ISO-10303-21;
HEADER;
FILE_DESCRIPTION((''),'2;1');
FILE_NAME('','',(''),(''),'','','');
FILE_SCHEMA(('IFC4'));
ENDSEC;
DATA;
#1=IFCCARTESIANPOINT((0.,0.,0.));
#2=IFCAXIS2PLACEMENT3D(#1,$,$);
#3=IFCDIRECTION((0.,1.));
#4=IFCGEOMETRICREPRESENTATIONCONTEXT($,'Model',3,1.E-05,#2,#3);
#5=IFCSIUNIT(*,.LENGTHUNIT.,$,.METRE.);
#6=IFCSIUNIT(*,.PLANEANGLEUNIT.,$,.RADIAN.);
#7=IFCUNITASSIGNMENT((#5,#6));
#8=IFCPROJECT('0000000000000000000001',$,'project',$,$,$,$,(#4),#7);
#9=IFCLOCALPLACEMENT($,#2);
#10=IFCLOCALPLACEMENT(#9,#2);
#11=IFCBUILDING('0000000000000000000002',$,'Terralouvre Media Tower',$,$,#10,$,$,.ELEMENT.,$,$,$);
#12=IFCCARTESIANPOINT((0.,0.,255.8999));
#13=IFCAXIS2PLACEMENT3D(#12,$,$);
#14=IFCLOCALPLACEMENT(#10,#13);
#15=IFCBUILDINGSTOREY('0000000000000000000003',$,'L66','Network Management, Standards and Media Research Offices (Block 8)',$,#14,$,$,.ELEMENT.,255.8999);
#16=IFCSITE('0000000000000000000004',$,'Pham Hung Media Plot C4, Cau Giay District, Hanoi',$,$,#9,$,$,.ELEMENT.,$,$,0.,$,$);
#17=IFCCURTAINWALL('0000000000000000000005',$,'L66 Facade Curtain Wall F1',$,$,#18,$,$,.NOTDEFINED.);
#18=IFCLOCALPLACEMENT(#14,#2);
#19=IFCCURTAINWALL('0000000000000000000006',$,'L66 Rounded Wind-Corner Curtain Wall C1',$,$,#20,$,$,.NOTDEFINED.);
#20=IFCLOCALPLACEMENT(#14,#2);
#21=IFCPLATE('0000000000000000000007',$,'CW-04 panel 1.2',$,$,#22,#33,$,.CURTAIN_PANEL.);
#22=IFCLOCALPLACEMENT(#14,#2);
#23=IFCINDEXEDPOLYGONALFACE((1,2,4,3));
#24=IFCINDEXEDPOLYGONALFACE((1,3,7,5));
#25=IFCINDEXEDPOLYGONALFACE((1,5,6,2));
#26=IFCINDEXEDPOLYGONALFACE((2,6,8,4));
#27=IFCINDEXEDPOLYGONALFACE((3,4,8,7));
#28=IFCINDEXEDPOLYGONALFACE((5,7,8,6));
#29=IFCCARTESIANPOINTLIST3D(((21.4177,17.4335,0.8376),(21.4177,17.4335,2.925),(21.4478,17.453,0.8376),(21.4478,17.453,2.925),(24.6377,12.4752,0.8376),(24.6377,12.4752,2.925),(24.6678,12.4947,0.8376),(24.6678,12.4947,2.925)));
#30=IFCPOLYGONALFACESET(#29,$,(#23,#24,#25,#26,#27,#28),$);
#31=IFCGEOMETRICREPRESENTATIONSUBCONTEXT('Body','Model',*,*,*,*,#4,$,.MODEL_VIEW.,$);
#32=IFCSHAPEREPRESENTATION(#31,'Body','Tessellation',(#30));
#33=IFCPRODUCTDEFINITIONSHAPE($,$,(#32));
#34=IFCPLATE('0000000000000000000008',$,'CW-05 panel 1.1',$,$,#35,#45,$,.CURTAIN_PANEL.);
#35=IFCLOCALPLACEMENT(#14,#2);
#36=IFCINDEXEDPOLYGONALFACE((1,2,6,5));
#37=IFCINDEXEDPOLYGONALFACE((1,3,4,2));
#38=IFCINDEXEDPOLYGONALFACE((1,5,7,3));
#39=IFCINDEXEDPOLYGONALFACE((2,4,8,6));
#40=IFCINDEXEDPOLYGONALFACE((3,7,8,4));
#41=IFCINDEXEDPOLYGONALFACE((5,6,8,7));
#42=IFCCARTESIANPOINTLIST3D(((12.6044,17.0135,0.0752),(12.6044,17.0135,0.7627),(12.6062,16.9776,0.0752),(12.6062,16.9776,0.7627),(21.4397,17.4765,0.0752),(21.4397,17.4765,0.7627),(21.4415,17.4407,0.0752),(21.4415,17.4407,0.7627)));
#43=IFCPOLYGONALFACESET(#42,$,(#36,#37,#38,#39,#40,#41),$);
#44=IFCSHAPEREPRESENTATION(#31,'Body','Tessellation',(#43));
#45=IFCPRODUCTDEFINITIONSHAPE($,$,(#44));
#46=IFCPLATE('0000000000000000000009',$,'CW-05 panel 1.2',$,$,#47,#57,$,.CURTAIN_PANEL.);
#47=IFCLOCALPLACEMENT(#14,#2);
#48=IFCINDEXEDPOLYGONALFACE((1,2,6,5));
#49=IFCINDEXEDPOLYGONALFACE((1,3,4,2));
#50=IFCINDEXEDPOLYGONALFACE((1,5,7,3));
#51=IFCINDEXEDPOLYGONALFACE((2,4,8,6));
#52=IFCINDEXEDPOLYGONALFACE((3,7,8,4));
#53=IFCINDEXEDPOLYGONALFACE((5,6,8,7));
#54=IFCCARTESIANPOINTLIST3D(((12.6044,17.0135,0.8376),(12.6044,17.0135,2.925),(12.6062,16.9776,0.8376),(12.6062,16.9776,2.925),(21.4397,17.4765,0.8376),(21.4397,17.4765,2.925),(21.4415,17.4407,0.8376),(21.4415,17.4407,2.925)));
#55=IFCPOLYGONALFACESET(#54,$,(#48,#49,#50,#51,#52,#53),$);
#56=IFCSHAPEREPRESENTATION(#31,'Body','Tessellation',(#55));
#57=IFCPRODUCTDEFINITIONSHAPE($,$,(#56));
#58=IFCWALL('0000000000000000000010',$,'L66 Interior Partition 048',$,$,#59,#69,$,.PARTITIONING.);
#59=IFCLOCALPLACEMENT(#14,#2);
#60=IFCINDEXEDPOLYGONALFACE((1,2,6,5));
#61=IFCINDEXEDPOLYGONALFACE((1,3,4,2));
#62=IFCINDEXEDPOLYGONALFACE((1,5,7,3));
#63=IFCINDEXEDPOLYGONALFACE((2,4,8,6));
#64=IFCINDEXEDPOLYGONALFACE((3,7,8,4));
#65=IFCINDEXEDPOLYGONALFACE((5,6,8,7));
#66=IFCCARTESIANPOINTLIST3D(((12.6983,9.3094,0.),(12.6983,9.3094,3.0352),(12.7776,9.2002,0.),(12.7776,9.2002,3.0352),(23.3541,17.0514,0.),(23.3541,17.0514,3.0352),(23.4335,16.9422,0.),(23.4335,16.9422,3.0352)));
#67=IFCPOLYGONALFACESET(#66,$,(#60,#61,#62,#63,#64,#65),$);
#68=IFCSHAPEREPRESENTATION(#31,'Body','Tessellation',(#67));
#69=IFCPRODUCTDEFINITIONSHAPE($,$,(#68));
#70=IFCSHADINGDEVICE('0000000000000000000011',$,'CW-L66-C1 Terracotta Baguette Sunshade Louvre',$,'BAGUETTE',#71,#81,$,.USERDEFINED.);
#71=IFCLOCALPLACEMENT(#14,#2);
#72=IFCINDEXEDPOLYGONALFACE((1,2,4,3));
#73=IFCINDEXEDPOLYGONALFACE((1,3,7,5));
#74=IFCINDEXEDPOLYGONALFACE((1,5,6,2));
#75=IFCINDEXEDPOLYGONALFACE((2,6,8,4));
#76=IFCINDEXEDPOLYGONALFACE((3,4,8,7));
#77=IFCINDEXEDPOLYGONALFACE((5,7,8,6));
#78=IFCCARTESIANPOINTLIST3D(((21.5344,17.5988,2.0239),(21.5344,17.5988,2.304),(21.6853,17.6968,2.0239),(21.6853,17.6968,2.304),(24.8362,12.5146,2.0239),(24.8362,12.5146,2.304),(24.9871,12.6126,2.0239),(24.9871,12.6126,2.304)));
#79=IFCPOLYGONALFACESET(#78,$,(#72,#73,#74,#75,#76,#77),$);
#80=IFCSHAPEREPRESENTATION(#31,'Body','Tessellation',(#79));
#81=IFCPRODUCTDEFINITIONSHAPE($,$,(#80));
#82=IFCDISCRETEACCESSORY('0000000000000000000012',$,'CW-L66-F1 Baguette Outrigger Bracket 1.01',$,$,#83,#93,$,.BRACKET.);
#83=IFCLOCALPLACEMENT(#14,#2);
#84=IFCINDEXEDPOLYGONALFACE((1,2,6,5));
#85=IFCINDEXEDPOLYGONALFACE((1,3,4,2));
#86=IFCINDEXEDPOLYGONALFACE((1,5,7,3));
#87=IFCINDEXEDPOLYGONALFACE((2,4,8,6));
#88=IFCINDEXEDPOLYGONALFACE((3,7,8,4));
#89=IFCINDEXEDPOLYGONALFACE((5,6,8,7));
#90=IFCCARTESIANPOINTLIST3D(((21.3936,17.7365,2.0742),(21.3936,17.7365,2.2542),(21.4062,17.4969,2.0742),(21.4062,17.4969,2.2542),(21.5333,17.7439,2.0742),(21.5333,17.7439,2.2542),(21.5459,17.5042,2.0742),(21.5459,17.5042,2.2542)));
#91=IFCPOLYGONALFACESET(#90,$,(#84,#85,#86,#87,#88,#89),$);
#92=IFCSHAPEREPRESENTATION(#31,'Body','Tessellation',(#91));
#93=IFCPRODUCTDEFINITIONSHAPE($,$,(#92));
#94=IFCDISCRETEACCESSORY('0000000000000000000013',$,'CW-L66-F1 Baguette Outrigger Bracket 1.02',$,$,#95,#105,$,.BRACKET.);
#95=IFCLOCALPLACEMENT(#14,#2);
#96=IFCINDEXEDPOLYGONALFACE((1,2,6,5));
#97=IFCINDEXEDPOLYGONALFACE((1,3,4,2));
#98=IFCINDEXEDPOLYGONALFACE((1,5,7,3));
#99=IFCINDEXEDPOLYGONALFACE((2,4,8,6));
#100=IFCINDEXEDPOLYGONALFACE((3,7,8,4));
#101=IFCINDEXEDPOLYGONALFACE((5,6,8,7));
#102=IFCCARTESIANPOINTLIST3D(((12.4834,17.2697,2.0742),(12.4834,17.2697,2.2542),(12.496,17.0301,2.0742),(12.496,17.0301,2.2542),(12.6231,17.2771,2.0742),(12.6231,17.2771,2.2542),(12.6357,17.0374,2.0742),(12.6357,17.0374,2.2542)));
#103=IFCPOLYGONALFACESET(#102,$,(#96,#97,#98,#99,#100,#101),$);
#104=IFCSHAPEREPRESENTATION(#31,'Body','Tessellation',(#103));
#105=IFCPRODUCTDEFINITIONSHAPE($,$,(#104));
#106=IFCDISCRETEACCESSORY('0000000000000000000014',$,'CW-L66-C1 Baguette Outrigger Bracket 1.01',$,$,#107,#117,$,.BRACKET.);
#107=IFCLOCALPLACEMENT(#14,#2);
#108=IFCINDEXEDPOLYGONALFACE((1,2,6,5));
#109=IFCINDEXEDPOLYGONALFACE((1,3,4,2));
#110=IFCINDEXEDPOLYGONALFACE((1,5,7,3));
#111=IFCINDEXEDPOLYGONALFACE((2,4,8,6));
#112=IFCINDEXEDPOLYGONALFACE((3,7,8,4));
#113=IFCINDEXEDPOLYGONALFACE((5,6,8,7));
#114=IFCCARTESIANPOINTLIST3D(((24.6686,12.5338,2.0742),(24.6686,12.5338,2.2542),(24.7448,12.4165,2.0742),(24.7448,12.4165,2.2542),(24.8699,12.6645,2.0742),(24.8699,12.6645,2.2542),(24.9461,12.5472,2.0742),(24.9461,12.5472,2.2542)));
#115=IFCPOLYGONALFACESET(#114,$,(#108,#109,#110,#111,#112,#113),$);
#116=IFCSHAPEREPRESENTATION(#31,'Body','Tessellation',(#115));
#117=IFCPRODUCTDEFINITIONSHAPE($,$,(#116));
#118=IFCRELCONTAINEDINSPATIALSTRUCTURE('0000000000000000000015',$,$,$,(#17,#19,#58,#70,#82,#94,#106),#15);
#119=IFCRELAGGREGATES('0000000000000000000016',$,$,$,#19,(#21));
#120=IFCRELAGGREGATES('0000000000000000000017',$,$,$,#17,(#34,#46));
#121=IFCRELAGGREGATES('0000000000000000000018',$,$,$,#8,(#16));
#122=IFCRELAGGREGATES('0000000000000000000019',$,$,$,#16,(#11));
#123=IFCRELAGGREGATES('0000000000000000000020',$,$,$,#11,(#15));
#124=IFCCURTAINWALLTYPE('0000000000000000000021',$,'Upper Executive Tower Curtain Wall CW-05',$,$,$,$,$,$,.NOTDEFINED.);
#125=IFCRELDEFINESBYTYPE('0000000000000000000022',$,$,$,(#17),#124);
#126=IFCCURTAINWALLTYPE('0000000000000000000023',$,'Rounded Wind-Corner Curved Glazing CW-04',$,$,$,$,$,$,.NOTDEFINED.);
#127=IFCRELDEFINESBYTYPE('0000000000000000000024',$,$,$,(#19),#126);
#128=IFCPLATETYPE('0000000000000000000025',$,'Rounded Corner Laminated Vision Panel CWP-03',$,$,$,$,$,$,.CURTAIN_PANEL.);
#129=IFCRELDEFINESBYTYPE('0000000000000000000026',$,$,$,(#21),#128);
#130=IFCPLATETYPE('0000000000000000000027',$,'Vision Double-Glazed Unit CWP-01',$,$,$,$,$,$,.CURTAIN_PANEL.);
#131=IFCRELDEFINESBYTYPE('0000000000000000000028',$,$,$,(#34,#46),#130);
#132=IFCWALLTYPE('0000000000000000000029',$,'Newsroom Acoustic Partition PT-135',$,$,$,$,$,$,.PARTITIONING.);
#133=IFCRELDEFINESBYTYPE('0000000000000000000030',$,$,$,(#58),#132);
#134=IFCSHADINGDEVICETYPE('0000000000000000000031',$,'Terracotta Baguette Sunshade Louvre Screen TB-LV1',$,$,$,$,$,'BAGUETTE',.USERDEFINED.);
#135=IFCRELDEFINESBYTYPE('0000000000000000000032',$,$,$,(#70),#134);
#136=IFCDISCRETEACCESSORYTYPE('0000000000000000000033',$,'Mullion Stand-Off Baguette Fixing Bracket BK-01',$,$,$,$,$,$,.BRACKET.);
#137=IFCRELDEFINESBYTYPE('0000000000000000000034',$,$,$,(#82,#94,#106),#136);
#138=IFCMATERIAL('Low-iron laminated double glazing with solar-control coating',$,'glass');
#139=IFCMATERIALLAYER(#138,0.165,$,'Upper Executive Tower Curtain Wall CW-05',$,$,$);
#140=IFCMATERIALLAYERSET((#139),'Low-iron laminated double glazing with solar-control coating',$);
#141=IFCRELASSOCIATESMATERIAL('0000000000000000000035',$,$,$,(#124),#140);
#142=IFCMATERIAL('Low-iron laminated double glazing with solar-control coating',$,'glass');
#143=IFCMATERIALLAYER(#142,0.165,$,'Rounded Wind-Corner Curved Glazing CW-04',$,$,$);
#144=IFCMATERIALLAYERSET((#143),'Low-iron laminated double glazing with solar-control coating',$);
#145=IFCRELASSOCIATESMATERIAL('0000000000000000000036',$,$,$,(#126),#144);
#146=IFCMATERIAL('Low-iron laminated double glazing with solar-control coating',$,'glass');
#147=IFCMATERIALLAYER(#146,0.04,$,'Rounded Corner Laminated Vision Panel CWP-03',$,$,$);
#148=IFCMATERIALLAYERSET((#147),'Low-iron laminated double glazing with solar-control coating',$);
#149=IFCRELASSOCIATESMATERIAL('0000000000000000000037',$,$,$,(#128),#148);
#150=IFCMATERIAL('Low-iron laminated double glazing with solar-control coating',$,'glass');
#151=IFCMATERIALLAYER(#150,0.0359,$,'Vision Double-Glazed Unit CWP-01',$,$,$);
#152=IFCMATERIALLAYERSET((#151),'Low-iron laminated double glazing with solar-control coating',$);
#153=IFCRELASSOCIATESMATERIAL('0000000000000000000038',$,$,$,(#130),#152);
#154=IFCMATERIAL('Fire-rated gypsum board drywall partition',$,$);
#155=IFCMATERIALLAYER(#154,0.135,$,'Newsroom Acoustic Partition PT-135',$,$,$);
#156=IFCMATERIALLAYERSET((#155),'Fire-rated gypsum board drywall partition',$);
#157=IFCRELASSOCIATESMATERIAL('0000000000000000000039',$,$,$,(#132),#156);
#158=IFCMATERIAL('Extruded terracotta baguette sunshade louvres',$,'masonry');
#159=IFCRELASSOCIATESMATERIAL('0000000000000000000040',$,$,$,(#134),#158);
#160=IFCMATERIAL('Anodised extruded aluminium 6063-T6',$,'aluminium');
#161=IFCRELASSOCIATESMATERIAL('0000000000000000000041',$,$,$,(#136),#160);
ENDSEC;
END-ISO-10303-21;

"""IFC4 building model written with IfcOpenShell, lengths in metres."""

from ifc_helpers import new_model, si_unit, direction, frame, frame_2d, origin, origin_2d, place, context, subcontext, project, spatial, rectangle, extrude, material, layer, layer_set, type_object, element, aggregate, save


model = new_model("IFC4")

# Units and contexts
model_context = context("Model", 3, precision=1e-05, world=origin(), true_north=direction((0.0, 1.0)))
body_context = subcontext(model_context, "Body", "Model", "MODEL_VIEW")
ifc_project = project(units=[si_unit("LENGTHUNIT", "METRE"), si_unit("PLANEANGLEUNIT", "RADIAN")], contexts=[model_context])

# Site, building, storey
site_placement = place(None, origin())
site = spatial("IfcSite", under=ifc_project, at=site_placement, Name="Pham Hung Media Plot C4, Cau Giay District, Hanoi", CompositionType="ELEMENT", RefElevation=0.0)
building_placement = place(site_placement, origin())
building = spatial("IfcBuilding", under=site, at=building_placement, Name="Terralouvre Media Tower", CompositionType="ELEMENT")
storey_placement = place(building_placement, frame((0.0, 0.0, 255.8999)))
storey = spatial("IfcBuildingStorey", under=building, at=storey_placement, Name="L66", Description="Network Management, Standards and Media Research Offices (Block 8)", CompositionType="ELEMENT", Elevation=255.8999)

# Curtain walls
ifc_material_1 = material(Name="Low-iron laminated double glazing with solar-control coating", Category="glass")
ifc_layer_1 = layer(ifc_material_1, 0.165, Name="Upper Executive Tower Curtain Wall CW-05")
ifc_layer_set_1 = layer_set([ifc_layer_1], Name="Low-iron laminated double glazing with solar-control coating")
curtain_wall_type_1 = type_object("IfcCurtainWallType", Name="Upper Executive Tower Curtain Wall CW-05", PredefinedType="NOTDEFINED", material=ifc_layer_set_1)
curtain_wall_1_placement = place(storey_placement, origin())
curtain_wall_1 = element("IfcCurtainWall", 1, at=curtain_wall_1_placement, inside=storey, type_object=curtain_wall_type_1, Name="L66 Facade Curtain Wall F1", PredefinedType="NOTDEFINED")
ifc_material_2 = material(Name="Low-iron laminated double glazing with solar-control coating", Category="glass")
ifc_layer_2 = layer(ifc_material_2, 0.165, Name="Rounded Wind-Corner Curved Glazing CW-04")
ifc_layer_set_2 = layer_set([ifc_layer_2], Name="Low-iron laminated double glazing with solar-control coating")
curtain_wall_type_2 = type_object("IfcCurtainWallType", Name="Rounded Wind-Corner Curved Glazing CW-04", PredefinedType="NOTDEFINED", material=ifc_layer_set_2)
curtain_wall_2_placement = place(storey_placement, origin())
curtain_wall_2 = element("IfcCurtainWall", 2, at=curtain_wall_2_placement, inside=storey, type_object=curtain_wall_type_2, Name="L66 Rounded Wind-Corner Curtain Wall C1", PredefinedType="NOTDEFINED")

# Plates
ifc_material_3 = material(Name="Low-iron laminated double glazing with solar-control coating", Category="glass")
ifc_layer_3 = layer(ifc_material_3, 0.04, Name="Rounded Corner Laminated Vision Panel CWP-03")
ifc_layer_set_3 = layer_set([ifc_layer_3], Name="Low-iron laminated double glazing with solar-control coating")
plate_type_1 = type_object("IfcPlateType", Name="Rounded Corner Laminated Vision Panel CWP-03", PredefinedType="CURTAIN_PANEL", material=ifc_layer_set_3)
plate_1_placement = place(storey_placement, frame((23.0427, 14.9641, 0.8376), z_axis=(0.0, 0.0, 1.0), x_axis=(-0.544639, 0.83867, 0.0)))
plate_1 = element("IfcPlate", 3, at=plate_1_placement, type_object=plate_type_1, Name="CW-04 panel 1.2", PredefinedType="CURTAIN_PANEL", context=body_context, shape_type="SweptSolid", body=[
    extrude(rectangle(XDim=5.9121, YDim=0.0359, at=origin_2d()), origin(), (0.0, 0.0, 1.0), 2.0874),
])
aggregate(curtain_wall_2, [plate_1])
ifc_material_4 = material(Name="Low-iron laminated double glazing with solar-control coating", Category="glass")
ifc_layer_4 = layer(ifc_material_4, 0.0359, Name="Vision Double-Glazed Unit CWP-01")
ifc_layer_set_4 = layer_set([ifc_layer_4], Name="Low-iron laminated double glazing with solar-control coating")
plate_type_2 = type_object("IfcPlateType", Name="Vision Double-Glazed Unit CWP-01", PredefinedType="CURTAIN_PANEL", material=ifc_layer_set_4)
plate_2_placement = place(storey_placement, frame((17.0229, 17.2271, 0.0752), z_axis=(0.0, 0.0, 1.0), x_axis=(-0.99863, -0.052336, 0.0)))
plate_2 = element("IfcPlate", 4, at=plate_2_placement, type_object=plate_type_2, Name="CW-05 panel 1.1", PredefinedType="CURTAIN_PANEL", context=body_context, shape_type="SweptSolid", body=[
    extrude(rectangle(XDim=8.8474, YDim=0.0359, at=origin_2d()), origin(), (0.0, 0.0, 1.0), 0.6875),
])
plate_3_placement = place(storey_placement, frame((17.0229, 17.2271, 0.8376), z_axis=(0.0, 0.0, 1.0), x_axis=(-0.99863, -0.052336, 0.0)))
plate_3 = element("IfcPlate", 5, at=plate_3_placement, type_object=plate_type_2, Name="CW-05 panel 1.2", PredefinedType="CURTAIN_PANEL", context=body_context, shape_type="SweptSolid", body=[
    extrude(rectangle(XDim=8.8474, YDim=0.0359, at=origin_2d()), origin(), (0.0, 0.0, 1.0), 2.0874),
])
aggregate(curtain_wall_1, [plate_2, plate_3])

# Wall
ifc_material_5 = material(Name="Fire-rated gypsum board drywall partition")
ifc_layer_5 = layer(ifc_material_5, 0.135, Name="Newsroom Acoustic Partition PT-135")
ifc_layer_set_5 = layer_set([ifc_layer_5], Name="Fire-rated gypsum board drywall partition")
wall_type = type_object("IfcWallType", Name="Newsroom Acoustic Partition PT-135", PredefinedType="PARTITIONING", material=ifc_layer_set_5)
wall_placement = place(storey_placement, frame((23.3938, 16.9968, 0.0), z_axis=(0.0, 0.0, 1.0), x_axis=(-0.809014, -0.587789, 0.0)))
element("IfcWall", 6, at=wall_placement, inside=storey, type_object=wall_type, Name="L66 Interior Partition 048", PredefinedType="PARTITIONING", context=body_context, shape_type="SweptSolid", body=[
    extrude(rectangle(XDim=13.1714, YDim=0.135, at=frame_2d((6.5857, 0.0))), origin(), (0.0, 0.0, 1.0), 3.0352),
])

# Shading device
ifc_material_6 = material(Name="Extruded terracotta baguette sunshade louvres", Category="masonry")
shading_device_type = type_object("IfcShadingDeviceType", Name="Terracotta Baguette Sunshade Louvre Screen TB-LV1", ElementType="BAGUETTE", PredefinedType="USERDEFINED", material=ifc_material_6)
shading_device_placement = place(storey_placement, frame((23.2607, 15.1057, 2.0239), z_axis=(0.0, 0.0, 1.0), x_axis=(-0.544639, 0.83867, 0.0)))
element("IfcShadingDevice", 7, at=shading_device_placement, inside=storey, type_object=shading_device_type, Name="CW-L66-C1 Terracotta Baguette Sunshade Louvre", ObjectType="BAGUETTE", PredefinedType="USERDEFINED", context=body_context, shape_type="SweptSolid", body=[
    extrude(rectangle(XDim=6.0623, YDim=0.1799, at=origin_2d()), origin(), (0.0, 0.0, 1.0), 0.28),
])

# Discrete accessories
ifc_material_7 = material(Name="Anodised extruded aluminium 6063-T6", Category="aluminium")
discrete_accessory_type = type_object("IfcDiscreteAccessoryType", Name="Mullion Stand-Off Baguette Fixing Bracket BK-01", PredefinedType="BRACKET", material=ifc_material_7)
for number, where, z_axis, x_axis, name in (
    (8, (21.4697, 17.6204, 2.0742), (0.0, 0.0, 1.0), (-0.99863, -0.052336, 0.0), "CW-L66-F1 Baguette Outrigger Bracket 1.01"),
    (9, (12.5596, 17.1536, 2.0742), (0.0, 0.0, 1.0), (-0.99863, -0.052336, 0.0), "CW-L66-F1 Baguette Outrigger Bracket 1.02"),
    (10, (24.8074, 12.5405, 2.0742), (0.0, 0.0, 1.0), (-0.544639, 0.83867, 0.0), "CW-L66-C1 Baguette Outrigger Bracket 1.01"),
):
    element("IfcDiscreteAccessory", number, at=place(storey_placement, frame(where, z_axis=z_axis, x_axis=x_axis)), inside=storey, type_object=discrete_accessory_type, Name=name, PredefinedType="BRACKET", context=body_context, shape_type="SweptSolid", body=[
        extrude(rectangle(XDim=0.1399, YDim=0.24, at=origin_2d()), origin(), (0.0, 0.0, 1.0), 0.1799),
    ])

save(model, "model.ifc")
